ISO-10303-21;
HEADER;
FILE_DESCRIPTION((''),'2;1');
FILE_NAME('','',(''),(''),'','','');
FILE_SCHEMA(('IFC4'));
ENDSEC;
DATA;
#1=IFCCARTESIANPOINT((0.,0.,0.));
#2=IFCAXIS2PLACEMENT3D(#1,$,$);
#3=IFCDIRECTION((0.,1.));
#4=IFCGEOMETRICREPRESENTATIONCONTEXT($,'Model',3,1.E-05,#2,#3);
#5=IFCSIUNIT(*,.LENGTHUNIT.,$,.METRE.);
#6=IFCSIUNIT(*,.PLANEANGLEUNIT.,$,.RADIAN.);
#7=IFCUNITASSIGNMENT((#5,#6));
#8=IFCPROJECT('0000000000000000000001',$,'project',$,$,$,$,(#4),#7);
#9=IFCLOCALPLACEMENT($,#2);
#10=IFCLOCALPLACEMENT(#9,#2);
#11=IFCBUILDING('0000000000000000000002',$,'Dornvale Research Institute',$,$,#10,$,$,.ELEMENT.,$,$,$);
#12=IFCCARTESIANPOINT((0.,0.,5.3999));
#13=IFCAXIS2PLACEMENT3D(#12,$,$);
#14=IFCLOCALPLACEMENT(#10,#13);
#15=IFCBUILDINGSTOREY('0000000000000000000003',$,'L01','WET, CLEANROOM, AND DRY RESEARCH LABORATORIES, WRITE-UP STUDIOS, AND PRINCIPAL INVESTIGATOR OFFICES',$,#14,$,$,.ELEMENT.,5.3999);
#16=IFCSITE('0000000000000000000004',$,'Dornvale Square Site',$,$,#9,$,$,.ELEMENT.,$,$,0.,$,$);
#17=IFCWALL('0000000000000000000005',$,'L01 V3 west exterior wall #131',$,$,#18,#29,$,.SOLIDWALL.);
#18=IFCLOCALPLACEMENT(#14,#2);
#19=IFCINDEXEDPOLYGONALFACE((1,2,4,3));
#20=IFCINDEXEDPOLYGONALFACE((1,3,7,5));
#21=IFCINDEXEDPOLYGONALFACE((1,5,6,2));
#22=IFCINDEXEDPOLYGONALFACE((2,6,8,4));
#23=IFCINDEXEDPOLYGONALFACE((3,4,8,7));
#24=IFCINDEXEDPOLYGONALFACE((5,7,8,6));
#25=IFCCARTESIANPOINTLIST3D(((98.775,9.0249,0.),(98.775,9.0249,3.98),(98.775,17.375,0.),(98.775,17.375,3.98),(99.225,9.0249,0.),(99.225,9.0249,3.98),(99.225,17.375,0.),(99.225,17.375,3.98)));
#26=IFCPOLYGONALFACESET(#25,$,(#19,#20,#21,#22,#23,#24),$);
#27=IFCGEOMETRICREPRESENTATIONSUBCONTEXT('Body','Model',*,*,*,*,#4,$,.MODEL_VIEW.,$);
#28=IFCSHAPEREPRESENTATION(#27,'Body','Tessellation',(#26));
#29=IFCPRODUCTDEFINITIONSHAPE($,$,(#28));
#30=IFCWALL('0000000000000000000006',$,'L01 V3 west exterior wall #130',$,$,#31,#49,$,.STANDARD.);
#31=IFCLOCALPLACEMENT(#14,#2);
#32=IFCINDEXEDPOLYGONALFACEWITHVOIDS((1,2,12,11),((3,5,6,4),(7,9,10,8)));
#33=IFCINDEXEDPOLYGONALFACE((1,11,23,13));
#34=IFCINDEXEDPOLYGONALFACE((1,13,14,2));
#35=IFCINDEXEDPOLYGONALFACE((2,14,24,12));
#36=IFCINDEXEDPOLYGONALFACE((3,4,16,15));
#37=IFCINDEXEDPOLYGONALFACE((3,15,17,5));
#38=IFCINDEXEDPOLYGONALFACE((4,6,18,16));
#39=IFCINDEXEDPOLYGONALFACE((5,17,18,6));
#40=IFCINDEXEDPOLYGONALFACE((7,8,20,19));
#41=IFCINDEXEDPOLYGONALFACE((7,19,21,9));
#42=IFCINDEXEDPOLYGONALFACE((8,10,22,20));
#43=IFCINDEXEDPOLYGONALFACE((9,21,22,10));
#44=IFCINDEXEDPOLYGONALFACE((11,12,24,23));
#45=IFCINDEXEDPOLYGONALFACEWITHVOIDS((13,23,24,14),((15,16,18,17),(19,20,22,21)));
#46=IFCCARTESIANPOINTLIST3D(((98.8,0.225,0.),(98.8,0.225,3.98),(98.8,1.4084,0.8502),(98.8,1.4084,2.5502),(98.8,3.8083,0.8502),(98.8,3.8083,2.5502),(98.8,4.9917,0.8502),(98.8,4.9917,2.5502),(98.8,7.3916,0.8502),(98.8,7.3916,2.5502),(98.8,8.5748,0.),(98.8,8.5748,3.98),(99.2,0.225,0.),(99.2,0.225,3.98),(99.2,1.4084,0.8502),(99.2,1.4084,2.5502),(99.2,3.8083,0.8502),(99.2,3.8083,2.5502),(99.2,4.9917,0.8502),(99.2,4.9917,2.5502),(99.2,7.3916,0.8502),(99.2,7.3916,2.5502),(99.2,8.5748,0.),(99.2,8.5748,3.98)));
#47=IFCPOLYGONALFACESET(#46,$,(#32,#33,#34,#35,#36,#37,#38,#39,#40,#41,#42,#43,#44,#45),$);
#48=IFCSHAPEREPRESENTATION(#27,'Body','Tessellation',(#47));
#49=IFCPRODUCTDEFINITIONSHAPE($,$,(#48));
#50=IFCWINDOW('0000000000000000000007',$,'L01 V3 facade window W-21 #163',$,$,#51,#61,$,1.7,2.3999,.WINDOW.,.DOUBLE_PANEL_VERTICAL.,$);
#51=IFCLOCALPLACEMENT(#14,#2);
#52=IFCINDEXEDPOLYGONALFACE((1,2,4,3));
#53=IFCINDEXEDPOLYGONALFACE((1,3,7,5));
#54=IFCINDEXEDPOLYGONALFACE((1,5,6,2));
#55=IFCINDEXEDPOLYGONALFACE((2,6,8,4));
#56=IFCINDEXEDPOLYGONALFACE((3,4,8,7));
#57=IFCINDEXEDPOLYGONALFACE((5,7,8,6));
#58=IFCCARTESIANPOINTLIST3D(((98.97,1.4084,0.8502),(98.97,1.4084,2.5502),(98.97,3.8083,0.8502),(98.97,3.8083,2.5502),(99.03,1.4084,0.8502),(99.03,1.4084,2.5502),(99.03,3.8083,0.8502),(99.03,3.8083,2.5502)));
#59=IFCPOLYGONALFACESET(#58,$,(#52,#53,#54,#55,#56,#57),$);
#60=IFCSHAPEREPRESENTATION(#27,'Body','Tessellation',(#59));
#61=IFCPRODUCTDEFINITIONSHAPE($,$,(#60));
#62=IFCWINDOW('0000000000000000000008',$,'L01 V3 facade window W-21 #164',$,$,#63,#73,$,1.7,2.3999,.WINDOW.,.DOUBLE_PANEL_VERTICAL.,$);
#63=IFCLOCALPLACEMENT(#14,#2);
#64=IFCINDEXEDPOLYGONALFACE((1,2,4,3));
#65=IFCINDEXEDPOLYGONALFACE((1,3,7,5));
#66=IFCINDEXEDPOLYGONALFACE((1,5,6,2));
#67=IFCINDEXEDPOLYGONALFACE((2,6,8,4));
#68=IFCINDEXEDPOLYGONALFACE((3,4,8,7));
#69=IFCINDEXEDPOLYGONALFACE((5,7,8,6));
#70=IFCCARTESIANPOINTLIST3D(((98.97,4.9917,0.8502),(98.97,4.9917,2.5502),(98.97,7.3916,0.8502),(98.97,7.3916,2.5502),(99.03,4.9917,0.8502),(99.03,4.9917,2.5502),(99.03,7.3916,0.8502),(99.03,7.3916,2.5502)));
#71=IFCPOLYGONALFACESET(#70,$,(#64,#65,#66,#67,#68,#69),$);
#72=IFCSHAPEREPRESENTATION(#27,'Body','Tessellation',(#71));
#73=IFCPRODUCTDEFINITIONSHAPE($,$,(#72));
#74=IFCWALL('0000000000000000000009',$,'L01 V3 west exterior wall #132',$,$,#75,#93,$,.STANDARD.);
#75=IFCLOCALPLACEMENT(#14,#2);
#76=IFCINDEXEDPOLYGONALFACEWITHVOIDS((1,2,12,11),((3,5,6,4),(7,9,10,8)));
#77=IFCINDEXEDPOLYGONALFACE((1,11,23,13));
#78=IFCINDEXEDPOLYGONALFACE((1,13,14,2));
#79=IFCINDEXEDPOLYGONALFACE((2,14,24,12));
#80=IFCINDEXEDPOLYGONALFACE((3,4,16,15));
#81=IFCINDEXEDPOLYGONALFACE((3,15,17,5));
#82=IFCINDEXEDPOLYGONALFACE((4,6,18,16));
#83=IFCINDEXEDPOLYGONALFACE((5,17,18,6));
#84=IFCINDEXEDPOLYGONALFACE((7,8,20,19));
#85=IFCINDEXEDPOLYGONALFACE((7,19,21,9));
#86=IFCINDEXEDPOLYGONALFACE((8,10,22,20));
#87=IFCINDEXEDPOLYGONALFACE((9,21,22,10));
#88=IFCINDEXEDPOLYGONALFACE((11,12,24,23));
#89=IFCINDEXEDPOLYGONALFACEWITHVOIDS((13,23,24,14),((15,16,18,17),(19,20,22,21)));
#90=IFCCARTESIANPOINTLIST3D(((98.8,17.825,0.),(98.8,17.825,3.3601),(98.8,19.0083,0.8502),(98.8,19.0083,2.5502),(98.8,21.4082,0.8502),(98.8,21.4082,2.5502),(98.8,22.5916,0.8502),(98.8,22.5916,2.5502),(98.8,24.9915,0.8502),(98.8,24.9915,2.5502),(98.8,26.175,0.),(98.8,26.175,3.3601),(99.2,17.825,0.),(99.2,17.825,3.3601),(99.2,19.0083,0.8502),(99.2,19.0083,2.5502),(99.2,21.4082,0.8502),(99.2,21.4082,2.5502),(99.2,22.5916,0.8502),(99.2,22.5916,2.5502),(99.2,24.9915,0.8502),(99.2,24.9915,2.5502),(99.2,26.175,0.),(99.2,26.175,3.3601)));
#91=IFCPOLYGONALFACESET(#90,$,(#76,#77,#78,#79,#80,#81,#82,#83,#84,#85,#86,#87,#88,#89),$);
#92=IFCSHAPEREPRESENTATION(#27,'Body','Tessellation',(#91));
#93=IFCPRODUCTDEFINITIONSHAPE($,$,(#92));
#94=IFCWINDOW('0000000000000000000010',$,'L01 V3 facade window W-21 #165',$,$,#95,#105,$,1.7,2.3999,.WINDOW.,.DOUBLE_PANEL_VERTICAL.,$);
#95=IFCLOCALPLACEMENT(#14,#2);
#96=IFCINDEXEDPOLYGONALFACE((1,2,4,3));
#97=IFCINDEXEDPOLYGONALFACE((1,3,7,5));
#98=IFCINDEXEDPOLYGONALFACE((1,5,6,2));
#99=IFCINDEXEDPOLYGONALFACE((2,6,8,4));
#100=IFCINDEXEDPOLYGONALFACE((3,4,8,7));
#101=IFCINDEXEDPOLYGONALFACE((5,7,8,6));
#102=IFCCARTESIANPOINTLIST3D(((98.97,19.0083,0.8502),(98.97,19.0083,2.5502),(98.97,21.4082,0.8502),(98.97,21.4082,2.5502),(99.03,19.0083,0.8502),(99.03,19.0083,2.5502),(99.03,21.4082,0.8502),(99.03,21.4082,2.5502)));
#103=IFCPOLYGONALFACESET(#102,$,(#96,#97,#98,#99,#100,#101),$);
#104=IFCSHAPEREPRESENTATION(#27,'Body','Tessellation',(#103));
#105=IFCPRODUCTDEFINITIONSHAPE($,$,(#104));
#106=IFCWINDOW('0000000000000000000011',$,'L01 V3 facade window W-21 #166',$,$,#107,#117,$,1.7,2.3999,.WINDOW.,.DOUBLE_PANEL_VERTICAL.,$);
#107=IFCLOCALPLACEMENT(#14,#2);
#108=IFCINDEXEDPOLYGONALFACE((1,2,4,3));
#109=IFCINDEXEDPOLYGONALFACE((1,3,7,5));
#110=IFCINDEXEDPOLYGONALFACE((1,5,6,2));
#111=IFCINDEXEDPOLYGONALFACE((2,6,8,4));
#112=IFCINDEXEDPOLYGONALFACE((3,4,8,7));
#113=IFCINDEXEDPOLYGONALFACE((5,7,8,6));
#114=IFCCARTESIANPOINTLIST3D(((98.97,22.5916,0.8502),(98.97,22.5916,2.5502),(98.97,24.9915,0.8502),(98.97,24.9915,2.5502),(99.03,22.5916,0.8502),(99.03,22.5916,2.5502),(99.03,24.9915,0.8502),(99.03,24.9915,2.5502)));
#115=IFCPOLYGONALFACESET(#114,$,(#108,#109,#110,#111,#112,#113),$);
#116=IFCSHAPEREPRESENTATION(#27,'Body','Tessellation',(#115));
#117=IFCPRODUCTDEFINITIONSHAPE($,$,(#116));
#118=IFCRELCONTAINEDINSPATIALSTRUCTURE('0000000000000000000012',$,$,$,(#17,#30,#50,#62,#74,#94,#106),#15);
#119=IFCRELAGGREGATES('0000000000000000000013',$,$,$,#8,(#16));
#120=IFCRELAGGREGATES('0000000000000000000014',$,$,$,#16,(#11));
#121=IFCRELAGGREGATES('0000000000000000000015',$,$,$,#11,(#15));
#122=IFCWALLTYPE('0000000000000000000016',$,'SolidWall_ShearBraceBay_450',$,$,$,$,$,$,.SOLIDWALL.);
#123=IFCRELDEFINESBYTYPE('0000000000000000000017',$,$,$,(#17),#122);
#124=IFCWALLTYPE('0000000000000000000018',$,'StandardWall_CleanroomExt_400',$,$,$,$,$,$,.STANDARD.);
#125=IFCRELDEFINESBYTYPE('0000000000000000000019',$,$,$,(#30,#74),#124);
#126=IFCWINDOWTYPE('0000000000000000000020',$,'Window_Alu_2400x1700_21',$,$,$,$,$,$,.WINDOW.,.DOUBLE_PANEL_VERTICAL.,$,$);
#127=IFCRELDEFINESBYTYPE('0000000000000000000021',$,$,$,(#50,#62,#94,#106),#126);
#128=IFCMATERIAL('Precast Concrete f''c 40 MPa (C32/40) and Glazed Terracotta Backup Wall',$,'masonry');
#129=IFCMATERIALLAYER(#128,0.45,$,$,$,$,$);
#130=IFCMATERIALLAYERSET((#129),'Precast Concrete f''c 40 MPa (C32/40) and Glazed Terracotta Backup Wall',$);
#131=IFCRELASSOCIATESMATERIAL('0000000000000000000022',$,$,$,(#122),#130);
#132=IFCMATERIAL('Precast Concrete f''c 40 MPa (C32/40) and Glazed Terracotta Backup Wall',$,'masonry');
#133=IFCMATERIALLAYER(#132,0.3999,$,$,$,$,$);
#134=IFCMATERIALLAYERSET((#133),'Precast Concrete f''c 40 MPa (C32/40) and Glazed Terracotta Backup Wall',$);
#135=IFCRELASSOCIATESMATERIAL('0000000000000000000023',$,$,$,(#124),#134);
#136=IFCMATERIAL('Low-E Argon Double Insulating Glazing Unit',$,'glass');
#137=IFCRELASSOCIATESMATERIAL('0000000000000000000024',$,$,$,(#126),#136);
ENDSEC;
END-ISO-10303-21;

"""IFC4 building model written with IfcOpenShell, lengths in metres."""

from ifc_helpers import new_model, si_unit, direction, frame, frame_2d, origin, place, context, subcontext, project, spatial, rectangle, extrude, material, layer, layer_set, type_object, element, fill, save


model = new_model("IFC4")

# Units and contexts
model_context = context("Model", 3, precision=1e-05, world=origin(), true_north=direction((0.0, 1.0)))
body_context = subcontext(model_context, "Body", "Model", "MODEL_VIEW")
ifc_project = project(units=[si_unit("LENGTHUNIT", "METRE"), si_unit("PLANEANGLEUNIT", "RADIAN")], contexts=[model_context])

# Site, building, storey
site_placement = place(None, origin())
site = spatial("IfcSite", under=ifc_project, at=site_placement, Name="Dornvale Square Site", CompositionType="ELEMENT", RefElevation=0.0)
building_placement = place(site_placement, origin())
building = spatial("IfcBuilding", under=site, at=building_placement, Name="Dornvale Research Institute", CompositionType="ELEMENT")
storey_placement = place(building_placement, frame((0.0, 0.0, 5.3999)))
storey = spatial("IfcBuildingStorey", under=building, at=storey_placement, Name="L01", Description="WET, CLEANROOM, AND DRY RESEARCH LABORATORIES, WRITE-UP STUDIOS, AND PRINCIPAL INVESTIGATOR OFFICES", CompositionType="ELEMENT", Elevation=5.3999)

# Wall
ifc_material_1 = material(Name="Precast Concrete f'c 40 MPa (C32/40) and Glazed Terracotta Backup Wall", Category="masonry")
ifc_layer_1 = layer(ifc_material_1, 0.45)
ifc_layer_set_1 = layer_set([ifc_layer_1], Name="Precast Concrete f'c 40 MPa (C32/40) and Glazed Terracotta Backup Wall")
wall_type_1 = type_object("IfcWallType", Name="SolidWall_ShearBraceBay_450", PredefinedType="SOLIDWALL", material=ifc_layer_set_1)
wall_1_placement = place(storey_placement, frame((99.0, 9.0249, 0.0), z_axis=(0.0, 0.0, 1.0), x_axis=(0.0, 1.0, 0.0)))
element("IfcWall", 1, at=wall_1_placement, inside=storey, type_object=wall_type_1, Name="L01 V3 west exterior wall #131", PredefinedType="SOLIDWALL", context=body_context, shape_type="SweptSolid", body=[
    extrude(rectangle(XDim=8.3501, YDim=0.45, at=frame_2d((4.175, 0.0))), origin(), (0.0, 0.0, 1.0), 3.98),
])

# Walls, openings, windows
ifc_material_2 = material(Name="Precast Concrete f'c 40 MPa (C32/40) and Glazed Terracotta Backup Wall", Category="masonry")
ifc_layer_2 = layer(ifc_material_2, 0.3999)
ifc_layer_set_2 = layer_set([ifc_layer_2], Name="Precast Concrete f'c 40 MPa (C32/40) and Glazed Terracotta Backup Wall")
wall_type_2 = type_object("IfcWallType", Name="StandardWall_CleanroomExt_400", PredefinedType="STANDARD", material=ifc_layer_set_2)
wall_2_placement = place(storey_placement, frame((99.0, 0.2251, 0.0), z_axis=(0.0, 0.0, 1.0), x_axis=(0.0, 1.0, 0.0)))
wall_2 = element("IfcWall", 2, at=wall_2_placement, inside=storey, type_object=wall_type_2, Name="L01 V3 west exterior wall #130", PredefinedType="STANDARD", context=body_context, shape_type="SweptSolid", body=[
    extrude(rectangle(XDim=8.3499, YDim=0.3999, at=frame_2d((4.1748, 0.0))), origin(), (0.0, 0.0, 1.0), 3.98),
])
opening_1_placement = place(wall_2_placement, frame((1.1833, 0.0, 0.8501)))
opening_1 = element("IfcOpeningElement", 3, at=opening_1_placement, cuts=wall_2, PredefinedType="OPENING", context=body_context, shape_type="SweptSolid", body=[
    extrude(rectangle(XDim=2.3999, YDim=1.7, at=frame_2d((1.2, 0.8501))), frame((0.0, 0.2148, 0.0), z_axis=(0.0, -1.0, 0.0), x_axis=(1.0, 0.0, 0.0)), (0.0, 0.0, 1.0), 0.4299),
])
opening_2_placement = place(wall_2_placement, frame((4.7666, 0.0, 0.8501)))
opening_2 = element("IfcOpeningElement", 4, at=opening_2_placement, cuts=wall_2, PredefinedType="OPENING", context=body_context, shape_type="SweptSolid", body=[
    extrude(rectangle(XDim=2.3999, YDim=1.7, at=frame_2d((1.2, 0.8501))), frame((0.0, 0.2148, 0.0), z_axis=(0.0, -1.0, 0.0), x_axis=(1.0, 0.0, 0.0)), (0.0, 0.0, 1.0), 0.4299),
])
ifc_material_3 = material(Name="Low-E Argon Double Insulating Glazing Unit", Category="glass")
window_type = type_object("IfcWindowType", Name="Window_Alu_2400x1700_21", PartitioningType="DOUBLE_PANEL_VERTICAL", PredefinedType="WINDOW", material=ifc_material_3)
window_1_placement = place(opening_1_placement, origin())
window_1 = element("IfcWindow", 5, at=window_1_placement, inside=storey, type_object=window_type, Name="L01 V3 facade window W-21 #163", OverallHeight=1.7, OverallWidth=2.3999, PartitioningType="DOUBLE_PANEL_VERTICAL", PredefinedType="WINDOW", context=body_context, shape_type="SweptSolid", body=[
    extrude(rectangle(XDim=2.3999, YDim=1.7, at=frame_2d((1.2, 0.8501))), frame((0.0, 0.03, 0.0), z_axis=(0.0, -1.0, 0.0), x_axis=(1.0, 0.0, 0.0)), (0.0, 0.0, 1.0), 0.0601),
])
fill(opening_1, window_1)
window_2_placement = place(opening_2_placement, origin())
window_2 = element("IfcWindow", 6, at=window_2_placement, inside=storey, type_object=window_type, Name="L01 V3 facade window W-21 #164", OverallHeight=1.7, OverallWidth=2.3999, PartitioningType="DOUBLE_PANEL_VERTICAL", PredefinedType="WINDOW", context=body_context, shape_type="SweptSolid", body=[
    extrude(rectangle(XDim=2.3999, YDim=1.7, at=frame_2d((1.2, 0.8501))), frame((0.0, 0.03, 0.0), z_axis=(0.0, -1.0, 0.0), x_axis=(1.0, 0.0, 0.0)), (0.0, 0.0, 1.0), 0.0601),
])
fill(opening_2, window_2)
wall_3_placement = place(storey_placement, frame((99.0, 17.825, 0.0), z_axis=(0.0, 0.0, 1.0), x_axis=(0.0, 1.0, 0.0)))
wall_3 = element("IfcWall", 7, at=wall_3_placement, inside=storey, type_object=wall_type_2, Name="L01 V3 west exterior wall #132", PredefinedType="STANDARD", context=body_context, shape_type="SweptSolid", body=[
    extrude(rectangle(XDim=8.3501, YDim=0.3999, at=frame_2d((4.175, 0.0))), origin(), (0.0, 0.0, 1.0), 3.3601),
])
opening_3_placement = place(wall_3_placement, frame((1.1833, 0.0, 0.8501)))
opening_3 = element("IfcOpeningElement", 8, at=opening_3_placement, cuts=wall_3, PredefinedType="OPENING", context=body_context, shape_type="SweptSolid", body=[
    extrude(rectangle(XDim=2.3999, YDim=1.7, at=frame_2d((1.2, 0.8501))), frame((0.0, 0.2148, 0.0), z_axis=(0.0, -1.0, 0.0), x_axis=(1.0, 0.0, 0.0)), (0.0, 0.0, 1.0), 0.4299),
])
opening_4_placement = place(wall_3_placement, frame((4.7666, 0.0, 0.8501)))
opening_4 = element("IfcOpeningElement", 9, at=opening_4_placement, cuts=wall_3, PredefinedType="OPENING", context=body_context, shape_type="SweptSolid", body=[
    extrude(rectangle(XDim=2.3999, YDim=1.7, at=frame_2d((1.2, 0.8501))), frame((0.0, 0.2148, 0.0), z_axis=(0.0, -1.0, 0.0), x_axis=(1.0, 0.0, 0.0)), (0.0, 0.0, 1.0), 0.4299),
])
window_3_placement = place(opening_3_placement, origin())
window_3 = element("IfcWindow", 10, at=window_3_placement, inside=storey, type_object=window_type, Name="L01 V3 facade window W-21 #165", OverallHeight=1.7, OverallWidth=2.3999, PartitioningType="DOUBLE_PANEL_VERTICAL", PredefinedType="WINDOW", context=body_context, shape_type="SweptSolid", body=[
    extrude(rectangle(XDim=2.3999, YDim=1.7, at=frame_2d((1.2, 0.8501))), frame((0.0, 0.03, 0.0), z_axis=(0.0, -1.0, 0.0), x_axis=(1.0, 0.0, 0.0)), (0.0, 0.0, 1.0), 0.0601),
])
fill(opening_3, window_3)
window_4_placement = place(opening_4_placement, origin())
window_4 = element("IfcWindow", 11, at=window_4_placement, inside=storey, type_object=window_type, Name="L01 V3 facade window W-21 #166", OverallHeight=1.7, OverallWidth=2.3999, PartitioningType="DOUBLE_PANEL_VERTICAL", PredefinedType="WINDOW", context=body_context, shape_type="SweptSolid", body=[
    extrude(rectangle(XDim=2.3999, YDim=1.7, at=frame_2d((1.2, 0.8501))), frame((0.0, 0.03, 0.0), z_axis=(0.0, -1.0, 0.0), x_axis=(1.0, 0.0, 0.0)), (0.0, 0.0, 1.0), 0.0601),
])
fill(opening_4, window_4)

save(model, "model.ifc")
